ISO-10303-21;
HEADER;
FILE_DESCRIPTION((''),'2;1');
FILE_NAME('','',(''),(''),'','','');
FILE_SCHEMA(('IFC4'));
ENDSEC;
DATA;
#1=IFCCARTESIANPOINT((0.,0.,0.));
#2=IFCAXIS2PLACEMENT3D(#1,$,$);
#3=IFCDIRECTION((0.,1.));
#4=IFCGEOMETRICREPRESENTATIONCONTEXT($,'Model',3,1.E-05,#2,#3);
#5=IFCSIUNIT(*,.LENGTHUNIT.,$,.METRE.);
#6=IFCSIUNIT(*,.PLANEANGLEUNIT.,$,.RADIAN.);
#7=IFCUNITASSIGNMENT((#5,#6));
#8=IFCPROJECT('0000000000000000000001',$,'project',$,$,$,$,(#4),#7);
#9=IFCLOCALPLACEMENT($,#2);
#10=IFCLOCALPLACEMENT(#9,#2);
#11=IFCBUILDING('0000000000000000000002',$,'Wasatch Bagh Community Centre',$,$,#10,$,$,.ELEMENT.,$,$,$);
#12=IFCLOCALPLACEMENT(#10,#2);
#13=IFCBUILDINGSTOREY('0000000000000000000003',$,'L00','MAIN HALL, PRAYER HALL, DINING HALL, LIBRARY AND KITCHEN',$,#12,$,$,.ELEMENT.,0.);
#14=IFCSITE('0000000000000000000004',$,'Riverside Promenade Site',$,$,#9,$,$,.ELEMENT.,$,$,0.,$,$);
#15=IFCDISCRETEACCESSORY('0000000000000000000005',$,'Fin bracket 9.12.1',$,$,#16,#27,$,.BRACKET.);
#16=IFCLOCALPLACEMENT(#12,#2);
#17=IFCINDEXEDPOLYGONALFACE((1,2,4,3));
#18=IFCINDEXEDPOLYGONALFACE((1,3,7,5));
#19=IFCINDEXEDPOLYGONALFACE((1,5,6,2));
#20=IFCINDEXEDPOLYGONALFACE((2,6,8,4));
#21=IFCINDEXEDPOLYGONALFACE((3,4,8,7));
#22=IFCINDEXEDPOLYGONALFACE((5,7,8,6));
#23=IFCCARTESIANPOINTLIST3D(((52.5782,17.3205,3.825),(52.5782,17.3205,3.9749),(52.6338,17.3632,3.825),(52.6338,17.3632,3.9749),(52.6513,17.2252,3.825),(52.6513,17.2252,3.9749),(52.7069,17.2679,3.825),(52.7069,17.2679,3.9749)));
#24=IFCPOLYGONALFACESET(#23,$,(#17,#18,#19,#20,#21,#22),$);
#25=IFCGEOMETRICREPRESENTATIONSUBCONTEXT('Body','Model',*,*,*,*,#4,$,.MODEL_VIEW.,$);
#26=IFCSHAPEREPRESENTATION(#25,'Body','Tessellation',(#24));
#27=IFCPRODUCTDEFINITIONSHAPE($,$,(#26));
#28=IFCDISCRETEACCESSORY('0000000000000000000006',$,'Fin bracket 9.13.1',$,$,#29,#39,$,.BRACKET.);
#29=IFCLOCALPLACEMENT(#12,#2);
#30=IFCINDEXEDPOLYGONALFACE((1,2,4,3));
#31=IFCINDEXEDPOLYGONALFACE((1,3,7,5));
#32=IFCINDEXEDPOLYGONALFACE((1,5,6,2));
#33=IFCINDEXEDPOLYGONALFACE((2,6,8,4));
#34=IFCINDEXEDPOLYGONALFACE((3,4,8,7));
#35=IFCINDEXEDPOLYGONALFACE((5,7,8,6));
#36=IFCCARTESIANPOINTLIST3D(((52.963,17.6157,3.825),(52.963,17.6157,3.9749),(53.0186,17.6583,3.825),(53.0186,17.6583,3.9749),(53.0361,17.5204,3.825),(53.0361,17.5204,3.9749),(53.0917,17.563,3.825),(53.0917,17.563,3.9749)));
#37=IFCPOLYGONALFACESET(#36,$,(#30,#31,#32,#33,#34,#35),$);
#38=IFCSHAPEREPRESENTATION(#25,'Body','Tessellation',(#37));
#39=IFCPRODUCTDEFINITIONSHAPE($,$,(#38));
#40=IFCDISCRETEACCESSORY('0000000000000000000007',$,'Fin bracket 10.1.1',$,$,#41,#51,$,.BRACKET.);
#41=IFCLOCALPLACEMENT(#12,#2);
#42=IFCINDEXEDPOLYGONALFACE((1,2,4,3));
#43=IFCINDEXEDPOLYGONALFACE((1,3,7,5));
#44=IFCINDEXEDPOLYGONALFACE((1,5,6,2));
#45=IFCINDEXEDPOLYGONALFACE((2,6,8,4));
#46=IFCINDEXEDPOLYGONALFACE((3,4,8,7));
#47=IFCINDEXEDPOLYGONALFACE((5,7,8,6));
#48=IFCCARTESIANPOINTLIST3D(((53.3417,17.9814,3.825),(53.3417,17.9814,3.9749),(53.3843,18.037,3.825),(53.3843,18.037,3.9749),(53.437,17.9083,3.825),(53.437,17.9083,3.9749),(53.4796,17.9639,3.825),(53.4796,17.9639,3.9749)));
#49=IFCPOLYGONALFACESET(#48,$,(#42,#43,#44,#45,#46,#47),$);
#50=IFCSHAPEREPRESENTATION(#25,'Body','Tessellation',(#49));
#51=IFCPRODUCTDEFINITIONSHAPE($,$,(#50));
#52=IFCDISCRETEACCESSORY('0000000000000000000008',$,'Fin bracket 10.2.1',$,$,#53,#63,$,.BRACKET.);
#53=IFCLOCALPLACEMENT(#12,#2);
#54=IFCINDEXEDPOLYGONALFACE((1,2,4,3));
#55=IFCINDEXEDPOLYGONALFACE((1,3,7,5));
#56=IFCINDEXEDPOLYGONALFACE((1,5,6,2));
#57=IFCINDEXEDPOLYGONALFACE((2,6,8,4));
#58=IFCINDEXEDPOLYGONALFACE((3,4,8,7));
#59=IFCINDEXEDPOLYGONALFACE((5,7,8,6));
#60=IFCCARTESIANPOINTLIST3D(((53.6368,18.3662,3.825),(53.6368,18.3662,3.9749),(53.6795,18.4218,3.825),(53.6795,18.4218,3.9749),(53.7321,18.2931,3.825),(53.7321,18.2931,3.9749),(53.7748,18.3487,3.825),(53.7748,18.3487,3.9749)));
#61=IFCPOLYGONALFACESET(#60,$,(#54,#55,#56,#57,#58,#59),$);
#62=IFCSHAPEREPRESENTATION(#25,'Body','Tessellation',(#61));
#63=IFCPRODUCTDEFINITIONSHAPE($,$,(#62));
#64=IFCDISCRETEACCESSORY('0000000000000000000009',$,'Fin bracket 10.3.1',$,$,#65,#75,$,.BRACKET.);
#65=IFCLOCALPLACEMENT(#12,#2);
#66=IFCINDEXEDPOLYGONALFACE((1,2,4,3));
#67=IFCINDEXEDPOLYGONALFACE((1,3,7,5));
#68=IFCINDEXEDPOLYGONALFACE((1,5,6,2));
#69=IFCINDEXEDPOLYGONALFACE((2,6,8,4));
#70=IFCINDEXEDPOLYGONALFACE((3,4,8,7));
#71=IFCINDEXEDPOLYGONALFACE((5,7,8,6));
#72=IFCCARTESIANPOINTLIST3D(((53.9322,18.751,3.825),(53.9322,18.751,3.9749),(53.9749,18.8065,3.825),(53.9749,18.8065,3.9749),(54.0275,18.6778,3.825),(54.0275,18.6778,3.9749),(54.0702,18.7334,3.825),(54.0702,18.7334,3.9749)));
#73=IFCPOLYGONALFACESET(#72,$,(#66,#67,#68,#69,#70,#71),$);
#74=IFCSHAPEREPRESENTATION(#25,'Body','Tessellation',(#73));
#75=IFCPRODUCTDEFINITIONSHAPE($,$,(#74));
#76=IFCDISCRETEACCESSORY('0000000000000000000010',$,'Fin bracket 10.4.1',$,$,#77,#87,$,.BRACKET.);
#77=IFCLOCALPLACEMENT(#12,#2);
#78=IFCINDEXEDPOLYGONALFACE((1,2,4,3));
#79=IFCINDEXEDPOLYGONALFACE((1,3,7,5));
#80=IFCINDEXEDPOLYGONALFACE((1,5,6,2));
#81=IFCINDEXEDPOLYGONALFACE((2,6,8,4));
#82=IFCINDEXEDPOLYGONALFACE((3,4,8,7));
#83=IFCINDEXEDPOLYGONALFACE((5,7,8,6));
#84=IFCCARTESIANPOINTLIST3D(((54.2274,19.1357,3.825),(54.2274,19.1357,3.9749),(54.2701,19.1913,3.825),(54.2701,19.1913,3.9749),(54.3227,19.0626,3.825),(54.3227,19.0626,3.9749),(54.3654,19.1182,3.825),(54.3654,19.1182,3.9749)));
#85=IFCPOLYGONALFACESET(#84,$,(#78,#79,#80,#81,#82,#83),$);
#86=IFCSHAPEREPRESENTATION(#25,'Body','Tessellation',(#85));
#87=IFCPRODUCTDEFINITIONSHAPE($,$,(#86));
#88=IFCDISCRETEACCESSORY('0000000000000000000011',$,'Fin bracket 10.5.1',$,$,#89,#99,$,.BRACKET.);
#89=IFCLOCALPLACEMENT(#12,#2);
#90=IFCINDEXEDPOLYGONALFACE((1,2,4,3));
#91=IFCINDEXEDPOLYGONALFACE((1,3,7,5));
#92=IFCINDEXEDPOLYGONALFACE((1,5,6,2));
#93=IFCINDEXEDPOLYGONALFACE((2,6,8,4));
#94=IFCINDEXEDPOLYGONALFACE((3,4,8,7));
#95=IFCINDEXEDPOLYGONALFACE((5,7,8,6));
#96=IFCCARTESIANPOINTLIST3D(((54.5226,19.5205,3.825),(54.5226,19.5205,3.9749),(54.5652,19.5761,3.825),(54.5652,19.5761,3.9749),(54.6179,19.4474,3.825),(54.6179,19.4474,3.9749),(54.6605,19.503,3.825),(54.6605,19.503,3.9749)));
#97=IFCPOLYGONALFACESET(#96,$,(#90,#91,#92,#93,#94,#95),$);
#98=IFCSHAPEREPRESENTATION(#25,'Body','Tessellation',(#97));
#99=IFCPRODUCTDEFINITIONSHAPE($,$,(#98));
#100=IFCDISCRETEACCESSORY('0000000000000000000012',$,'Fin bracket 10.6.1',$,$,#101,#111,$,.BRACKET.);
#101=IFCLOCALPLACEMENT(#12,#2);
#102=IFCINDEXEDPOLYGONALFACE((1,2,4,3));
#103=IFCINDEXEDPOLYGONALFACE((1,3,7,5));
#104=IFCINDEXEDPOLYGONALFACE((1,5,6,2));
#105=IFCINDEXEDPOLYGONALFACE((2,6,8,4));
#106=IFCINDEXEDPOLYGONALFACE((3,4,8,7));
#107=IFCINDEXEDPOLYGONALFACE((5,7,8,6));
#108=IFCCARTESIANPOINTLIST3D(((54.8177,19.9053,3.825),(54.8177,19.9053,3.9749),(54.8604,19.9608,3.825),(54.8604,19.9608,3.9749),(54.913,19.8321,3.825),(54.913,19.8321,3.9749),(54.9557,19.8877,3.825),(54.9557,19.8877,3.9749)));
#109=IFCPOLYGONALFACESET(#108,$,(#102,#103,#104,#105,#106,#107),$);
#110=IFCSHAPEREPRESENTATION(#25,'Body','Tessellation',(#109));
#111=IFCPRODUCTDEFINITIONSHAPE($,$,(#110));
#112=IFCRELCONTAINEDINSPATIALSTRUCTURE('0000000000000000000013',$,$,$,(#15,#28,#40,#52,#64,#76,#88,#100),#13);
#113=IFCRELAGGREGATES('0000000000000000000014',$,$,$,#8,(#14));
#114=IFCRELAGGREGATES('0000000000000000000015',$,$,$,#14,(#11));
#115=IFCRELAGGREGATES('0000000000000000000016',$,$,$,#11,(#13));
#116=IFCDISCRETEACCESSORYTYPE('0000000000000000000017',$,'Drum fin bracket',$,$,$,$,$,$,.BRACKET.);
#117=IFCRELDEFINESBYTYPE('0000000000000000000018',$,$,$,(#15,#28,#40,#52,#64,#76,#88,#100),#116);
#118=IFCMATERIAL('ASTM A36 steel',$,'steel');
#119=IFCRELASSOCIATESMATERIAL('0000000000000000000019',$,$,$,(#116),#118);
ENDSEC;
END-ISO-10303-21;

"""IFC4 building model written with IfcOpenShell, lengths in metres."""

from ifc_helpers import new_model, si_unit, direction, frame, origin, origin_2d, place, context, subcontext, project, spatial, rectangle, extrude, material, type_object, element, save


model = new_model("IFC4")

# Units and contexts
model_context = context("Model", 3, precision=1e-05, world=origin(), true_north=direction((0.0, 1.0)))
body_context = subcontext(model_context, "Body", "Model", "MODEL_VIEW")
ifc_project = project(units=[si_unit("LENGTHUNIT", "METRE"), si_unit("PLANEANGLEUNIT", "RADIAN")], contexts=[model_context])

# Site, building, storey
site_placement = place(None, origin())
site = spatial("IfcSite", under=ifc_project, at=site_placement, Name="Riverside Promenade Site", CompositionType="ELEMENT", RefElevation=0.0)
building_placement = place(site_placement, origin())
building = spatial("IfcBuilding", under=site, at=building_placement, Name="Wasatch Bagh Community Centre", CompositionType="ELEMENT")
storey_placement = place(building_placement, origin())
storey = spatial("IfcBuildingStorey", under=building, at=storey_placement, Name="L00", Description="MAIN HALL, PRAYER HALL, DINING HALL, LIBRARY AND KITCHEN", CompositionType="ELEMENT", Elevation=0.0)

# Discrete accessories
ifc_material_1 = material(Name="ASTM A36 steel", Category="steel")
discrete_accessory_type = type_object("IfcDiscreteAccessoryType", Name="Drum fin bracket", PredefinedType="BRACKET", material=ifc_material_1)
for number, where, z_axis, x_axis, name in (
    (1, (52.6426, 17.2942, 3.825), (0.0, 0.0, 1.0), (0.793353, 0.608761, 0.0), "Fin bracket 9.12.1"),
    (2, (53.0273, 17.5894, 3.825), (0.0, 0.0, 1.0), (0.793353, 0.608761, 0.0), "Fin bracket 9.13.1"),
    (3, (53.4106, 17.9727, 3.825), (0.0, 0.0, 1.0), (0.608761, 0.793353, 0.0), "Fin bracket 10.1.1"),
    (4, (53.7058, 18.3574, 3.825), (0.0, 0.0, 1.0), (0.608761, 0.793353, 0.0), "Fin bracket 10.2.1"),
    (5, (54.0012, 18.7422, 3.825), (0.0, 0.0, 1.0), (0.608761, 0.793353, 0.0), "Fin bracket 10.3.1"),
    (6, (54.2964, 19.127, 3.825), (0.0, 0.0, 1.0), (0.608761, 0.793353, 0.0), "Fin bracket 10.4.1"),
    (7, (54.5916, 19.5117, 3.825), (0.0, 0.0, 1.0), (0.608761, 0.793353, 0.0), "Fin bracket 10.5.1"),
    (8, (54.8867, 19.8965, 3.825), (0.0, 0.0, 1.0), (0.608761, 0.793353, 0.0), "Fin bracket 10.6.1"),
):
    element("IfcDiscreteAccessory", number, at=place(storey_placement, frame(where, z_axis=z_axis, x_axis=x_axis)), inside=storey, type_object=discrete_accessory_type, Name=name, PredefinedType="BRACKET", context=body_context, shape_type="SweptSolid", body=[
        extrude(rectangle(XDim=0.0701, YDim=0.1201, at=origin_2d()), origin(), (0.0, 0.0, 1.0), 0.1499),
    ])

save(model, "model.ifc")
